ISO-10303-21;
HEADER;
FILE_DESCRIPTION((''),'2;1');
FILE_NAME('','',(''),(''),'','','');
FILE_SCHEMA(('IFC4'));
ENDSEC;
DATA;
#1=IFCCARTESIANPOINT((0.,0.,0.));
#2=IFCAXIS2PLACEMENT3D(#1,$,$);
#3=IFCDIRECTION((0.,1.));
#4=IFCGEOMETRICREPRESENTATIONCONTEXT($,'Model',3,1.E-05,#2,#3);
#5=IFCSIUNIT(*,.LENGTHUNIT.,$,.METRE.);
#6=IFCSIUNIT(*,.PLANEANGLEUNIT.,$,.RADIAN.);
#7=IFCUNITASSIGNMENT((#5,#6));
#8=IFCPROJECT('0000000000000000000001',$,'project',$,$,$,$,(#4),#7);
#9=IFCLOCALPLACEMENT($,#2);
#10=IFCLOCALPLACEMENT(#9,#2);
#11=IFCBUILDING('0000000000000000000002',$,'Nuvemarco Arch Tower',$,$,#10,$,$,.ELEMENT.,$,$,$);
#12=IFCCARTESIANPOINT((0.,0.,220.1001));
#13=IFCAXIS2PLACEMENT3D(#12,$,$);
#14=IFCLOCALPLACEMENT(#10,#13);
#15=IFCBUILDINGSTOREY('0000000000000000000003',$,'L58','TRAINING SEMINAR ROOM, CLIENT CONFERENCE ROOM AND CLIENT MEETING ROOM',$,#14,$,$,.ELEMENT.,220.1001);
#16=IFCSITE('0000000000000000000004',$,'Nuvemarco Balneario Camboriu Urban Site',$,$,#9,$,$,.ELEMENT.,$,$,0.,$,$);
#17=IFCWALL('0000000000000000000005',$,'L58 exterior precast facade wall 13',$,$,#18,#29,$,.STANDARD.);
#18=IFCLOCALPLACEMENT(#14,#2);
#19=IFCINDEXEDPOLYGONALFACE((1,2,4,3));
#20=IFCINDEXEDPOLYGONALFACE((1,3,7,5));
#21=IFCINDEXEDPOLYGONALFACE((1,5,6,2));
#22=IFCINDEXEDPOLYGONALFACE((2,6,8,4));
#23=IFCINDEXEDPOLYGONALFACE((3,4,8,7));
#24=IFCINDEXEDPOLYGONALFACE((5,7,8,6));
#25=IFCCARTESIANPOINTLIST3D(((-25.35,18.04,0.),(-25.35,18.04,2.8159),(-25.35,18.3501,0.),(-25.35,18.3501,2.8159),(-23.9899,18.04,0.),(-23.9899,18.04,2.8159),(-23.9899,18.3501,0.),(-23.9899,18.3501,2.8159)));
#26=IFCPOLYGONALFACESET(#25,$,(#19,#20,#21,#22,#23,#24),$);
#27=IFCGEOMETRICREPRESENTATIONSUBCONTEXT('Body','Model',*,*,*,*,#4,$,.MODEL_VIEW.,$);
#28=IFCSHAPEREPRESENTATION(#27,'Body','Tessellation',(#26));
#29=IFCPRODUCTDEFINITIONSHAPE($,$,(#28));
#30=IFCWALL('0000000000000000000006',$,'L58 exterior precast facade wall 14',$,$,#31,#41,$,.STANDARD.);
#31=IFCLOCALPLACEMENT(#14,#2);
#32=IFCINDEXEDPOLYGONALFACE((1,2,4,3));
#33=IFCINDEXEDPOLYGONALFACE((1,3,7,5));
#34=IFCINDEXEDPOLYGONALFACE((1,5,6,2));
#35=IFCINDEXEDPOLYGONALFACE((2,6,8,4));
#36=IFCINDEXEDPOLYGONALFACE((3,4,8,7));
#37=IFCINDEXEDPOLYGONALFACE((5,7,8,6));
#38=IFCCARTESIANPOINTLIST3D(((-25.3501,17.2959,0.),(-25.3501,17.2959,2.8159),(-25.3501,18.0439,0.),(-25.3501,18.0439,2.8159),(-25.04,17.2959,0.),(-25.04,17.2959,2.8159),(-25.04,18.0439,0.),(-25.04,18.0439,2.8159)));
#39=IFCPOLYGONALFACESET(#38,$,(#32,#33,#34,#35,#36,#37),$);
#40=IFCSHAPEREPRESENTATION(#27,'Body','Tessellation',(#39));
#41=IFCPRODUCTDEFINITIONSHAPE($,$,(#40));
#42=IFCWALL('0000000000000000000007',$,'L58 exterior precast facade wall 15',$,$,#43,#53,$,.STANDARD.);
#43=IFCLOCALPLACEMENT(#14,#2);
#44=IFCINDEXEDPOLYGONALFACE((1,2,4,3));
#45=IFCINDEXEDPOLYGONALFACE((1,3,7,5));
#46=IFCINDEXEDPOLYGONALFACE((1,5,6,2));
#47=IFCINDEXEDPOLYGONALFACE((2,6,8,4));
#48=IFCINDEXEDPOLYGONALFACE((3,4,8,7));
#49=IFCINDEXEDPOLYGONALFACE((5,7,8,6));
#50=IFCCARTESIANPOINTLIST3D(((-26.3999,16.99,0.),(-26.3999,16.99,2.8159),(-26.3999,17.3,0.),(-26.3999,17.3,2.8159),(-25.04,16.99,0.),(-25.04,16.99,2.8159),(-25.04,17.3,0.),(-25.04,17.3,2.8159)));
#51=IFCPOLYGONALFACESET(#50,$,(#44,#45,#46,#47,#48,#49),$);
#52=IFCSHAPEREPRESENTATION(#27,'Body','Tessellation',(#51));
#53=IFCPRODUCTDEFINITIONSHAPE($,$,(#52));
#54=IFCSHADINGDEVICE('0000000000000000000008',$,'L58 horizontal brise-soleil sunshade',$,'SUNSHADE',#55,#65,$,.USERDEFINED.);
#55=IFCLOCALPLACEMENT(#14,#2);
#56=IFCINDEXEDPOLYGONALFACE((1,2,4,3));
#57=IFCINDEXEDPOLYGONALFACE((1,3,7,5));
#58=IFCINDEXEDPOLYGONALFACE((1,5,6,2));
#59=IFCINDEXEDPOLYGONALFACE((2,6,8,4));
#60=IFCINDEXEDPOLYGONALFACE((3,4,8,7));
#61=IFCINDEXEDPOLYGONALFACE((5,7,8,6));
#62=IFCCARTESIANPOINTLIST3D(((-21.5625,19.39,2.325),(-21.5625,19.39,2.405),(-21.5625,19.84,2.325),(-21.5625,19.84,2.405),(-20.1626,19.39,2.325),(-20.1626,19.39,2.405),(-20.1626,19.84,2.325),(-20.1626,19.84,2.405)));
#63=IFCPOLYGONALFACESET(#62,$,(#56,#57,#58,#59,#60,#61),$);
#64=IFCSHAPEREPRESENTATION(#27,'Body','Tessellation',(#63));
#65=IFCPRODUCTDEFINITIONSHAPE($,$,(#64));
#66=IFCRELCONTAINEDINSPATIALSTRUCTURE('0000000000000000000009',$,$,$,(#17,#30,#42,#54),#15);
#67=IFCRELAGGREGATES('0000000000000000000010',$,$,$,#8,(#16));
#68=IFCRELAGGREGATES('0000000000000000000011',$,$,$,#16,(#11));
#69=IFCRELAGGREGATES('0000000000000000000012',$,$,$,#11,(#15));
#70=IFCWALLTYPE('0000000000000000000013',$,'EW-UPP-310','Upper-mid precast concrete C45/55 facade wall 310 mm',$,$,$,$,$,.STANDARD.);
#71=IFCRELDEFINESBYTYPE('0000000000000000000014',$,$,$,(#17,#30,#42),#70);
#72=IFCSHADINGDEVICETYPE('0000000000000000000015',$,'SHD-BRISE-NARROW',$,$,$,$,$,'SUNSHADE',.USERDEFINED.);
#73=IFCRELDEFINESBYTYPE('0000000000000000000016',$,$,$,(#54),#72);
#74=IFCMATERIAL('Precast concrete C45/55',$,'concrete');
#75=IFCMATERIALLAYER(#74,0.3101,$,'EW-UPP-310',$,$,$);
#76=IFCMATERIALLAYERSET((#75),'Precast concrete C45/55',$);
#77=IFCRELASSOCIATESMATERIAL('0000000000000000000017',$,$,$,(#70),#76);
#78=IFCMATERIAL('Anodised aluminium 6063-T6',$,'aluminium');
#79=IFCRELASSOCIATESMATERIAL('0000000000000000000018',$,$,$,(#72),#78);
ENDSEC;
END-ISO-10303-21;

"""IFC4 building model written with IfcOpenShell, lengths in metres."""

from ifc_helpers import new_model, si_unit, direction, frame, frame_2d, origin, origin_2d, place, context, subcontext, project, spatial, rectangle, extrude, source, transform, mapped, material, layer, layer_set, type_object, type_shapes, element, save


model = new_model("IFC4")

# Units and contexts
model_context = context("Model", 3, precision=1e-05, world=origin(), true_north=direction((0.0, 1.0)))
body_context = subcontext(model_context, "Body", "Model", "MODEL_VIEW")
ifc_project = project(units=[si_unit("LENGTHUNIT", "METRE"), si_unit("PLANEANGLEUNIT", "RADIAN")], contexts=[model_context])

# Site, building, storey
site_placement = place(None, origin())
site = spatial("IfcSite", under=ifc_project, at=site_placement, Name="Nuvemarco Balneario Camboriu Urban Site", CompositionType="ELEMENT", RefElevation=0.0)
building_placement = place(site_placement, origin())
building = spatial("IfcBuilding", under=site, at=building_placement, Name="Nuvemarco Arch Tower", CompositionType="ELEMENT")
storey_placement = place(building_placement, frame((0.0, 0.0, 220.1001)))
storey = spatial("IfcBuildingStorey", under=building, at=storey_placement, Name="L58", Description="TRAINING SEMINAR ROOM, CLIENT CONFERENCE ROOM AND CLIENT MEETING ROOM", CompositionType="ELEMENT", Elevation=220.1001)

# Shared definitions
ifc_material_1 = material(Name="Precast concrete C45/55", Category="concrete")
ifc_layer = layer(ifc_material_1, 0.3101, Name="EW-UPP-310")
ifc_layer_set = layer_set([ifc_layer], Name="Precast concrete C45/55")
wall_type = type_object("IfcWallType", Name="EW-UPP-310", Description="Upper-mid precast concrete C45/55 facade wall 310 mm", PredefinedType="STANDARD", material=ifc_layer_set)

# Walls
wall_1_placement = place(storey_placement, frame((-25.3501, 18.1951, 0.0), z_axis=(0.0, 0.0, 1.0), x_axis=(1.0, 0.0, 0.0)))
element("IfcWall", 1, at=wall_1_placement, inside=storey, type_object=wall_type, Name="L58 exterior precast facade wall 13", PredefinedType="STANDARD", context=body_context, shape_type="SweptSolid", body=[
    extrude(rectangle(XDim=1.3601, YDim=0.3101, at=frame_2d((0.6802, 0.0))), origin(), (0.0, 0.0, 1.0), 2.8159),
])
wall_2_placement = place(storey_placement, frame((-25.1951, 17.2959, 0.0), z_axis=(0.0, 0.0, 1.0), x_axis=(0.0, 1.0, 0.0)))
element("IfcWall", 2, at=wall_2_placement, inside=storey, type_object=wall_type, Name="L58 exterior precast facade wall 14", PredefinedType="STANDARD", context=body_context, shape_type="SweptSolid", body=[
    extrude(rectangle(XDim=0.748, YDim=0.3101, at=frame_2d((0.374, 0.0))), origin(), (0.0, 0.0, 1.0), 2.8159),
])
wall_3_placement = place(storey_placement, frame((-26.3999, 17.145, 0.0), z_axis=(0.0, 0.0, 1.0), x_axis=(1.0, 0.0, 0.0)))
element("IfcWall", 3, at=wall_3_placement, inside=storey, type_object=wall_type, Name="L58 exterior precast facade wall 15", PredefinedType="STANDARD", context=body_context, shape_type="SweptSolid", body=[
    extrude(rectangle(XDim=1.3599, YDim=0.3101, at=frame_2d((0.6799, 0.0))), origin(), (0.0, 0.0, 1.0), 2.8159),
])

# Shading device
ifc_material_2 = material(Name="Anodised aluminium 6063-T6", Category="aluminium")
shading_device_type = type_object("IfcShadingDeviceType", Name="SHD-BRISE-NARROW", ElementType="SUNSHADE", PredefinedType="USERDEFINED", material=ifc_material_2)
shared_shape_1 = source(origin(), body_context, "Body", "SweptSolid", [
    extrude(rectangle(XDim=1.3999, YDim=0.45, at=origin_2d()), origin(), (0.0, 0.0, 1.0), 0.0801),
])
type_shapes(shading_device_type, [shared_shape_1])
shading_device_placement = place(storey_placement, frame((-20.8625, 19.615, 2.325), z_axis=(0.0, 0.0, 1.0), x_axis=(1.0, 0.0, 0.0)))
element("IfcShadingDevice", 4, at=shading_device_placement, inside=storey, type_object=shading_device_type, Name="L58 horizontal brise-soleil sunshade", ObjectType="SUNSHADE", PredefinedType="USERDEFINED", context=body_context, shape_type="MappedRepresentation", body=[
    mapped(shared_shape_1, transform((0.0, 0.0, 0.0), scale=1.0)),
])

save(model, "model.ifc")
